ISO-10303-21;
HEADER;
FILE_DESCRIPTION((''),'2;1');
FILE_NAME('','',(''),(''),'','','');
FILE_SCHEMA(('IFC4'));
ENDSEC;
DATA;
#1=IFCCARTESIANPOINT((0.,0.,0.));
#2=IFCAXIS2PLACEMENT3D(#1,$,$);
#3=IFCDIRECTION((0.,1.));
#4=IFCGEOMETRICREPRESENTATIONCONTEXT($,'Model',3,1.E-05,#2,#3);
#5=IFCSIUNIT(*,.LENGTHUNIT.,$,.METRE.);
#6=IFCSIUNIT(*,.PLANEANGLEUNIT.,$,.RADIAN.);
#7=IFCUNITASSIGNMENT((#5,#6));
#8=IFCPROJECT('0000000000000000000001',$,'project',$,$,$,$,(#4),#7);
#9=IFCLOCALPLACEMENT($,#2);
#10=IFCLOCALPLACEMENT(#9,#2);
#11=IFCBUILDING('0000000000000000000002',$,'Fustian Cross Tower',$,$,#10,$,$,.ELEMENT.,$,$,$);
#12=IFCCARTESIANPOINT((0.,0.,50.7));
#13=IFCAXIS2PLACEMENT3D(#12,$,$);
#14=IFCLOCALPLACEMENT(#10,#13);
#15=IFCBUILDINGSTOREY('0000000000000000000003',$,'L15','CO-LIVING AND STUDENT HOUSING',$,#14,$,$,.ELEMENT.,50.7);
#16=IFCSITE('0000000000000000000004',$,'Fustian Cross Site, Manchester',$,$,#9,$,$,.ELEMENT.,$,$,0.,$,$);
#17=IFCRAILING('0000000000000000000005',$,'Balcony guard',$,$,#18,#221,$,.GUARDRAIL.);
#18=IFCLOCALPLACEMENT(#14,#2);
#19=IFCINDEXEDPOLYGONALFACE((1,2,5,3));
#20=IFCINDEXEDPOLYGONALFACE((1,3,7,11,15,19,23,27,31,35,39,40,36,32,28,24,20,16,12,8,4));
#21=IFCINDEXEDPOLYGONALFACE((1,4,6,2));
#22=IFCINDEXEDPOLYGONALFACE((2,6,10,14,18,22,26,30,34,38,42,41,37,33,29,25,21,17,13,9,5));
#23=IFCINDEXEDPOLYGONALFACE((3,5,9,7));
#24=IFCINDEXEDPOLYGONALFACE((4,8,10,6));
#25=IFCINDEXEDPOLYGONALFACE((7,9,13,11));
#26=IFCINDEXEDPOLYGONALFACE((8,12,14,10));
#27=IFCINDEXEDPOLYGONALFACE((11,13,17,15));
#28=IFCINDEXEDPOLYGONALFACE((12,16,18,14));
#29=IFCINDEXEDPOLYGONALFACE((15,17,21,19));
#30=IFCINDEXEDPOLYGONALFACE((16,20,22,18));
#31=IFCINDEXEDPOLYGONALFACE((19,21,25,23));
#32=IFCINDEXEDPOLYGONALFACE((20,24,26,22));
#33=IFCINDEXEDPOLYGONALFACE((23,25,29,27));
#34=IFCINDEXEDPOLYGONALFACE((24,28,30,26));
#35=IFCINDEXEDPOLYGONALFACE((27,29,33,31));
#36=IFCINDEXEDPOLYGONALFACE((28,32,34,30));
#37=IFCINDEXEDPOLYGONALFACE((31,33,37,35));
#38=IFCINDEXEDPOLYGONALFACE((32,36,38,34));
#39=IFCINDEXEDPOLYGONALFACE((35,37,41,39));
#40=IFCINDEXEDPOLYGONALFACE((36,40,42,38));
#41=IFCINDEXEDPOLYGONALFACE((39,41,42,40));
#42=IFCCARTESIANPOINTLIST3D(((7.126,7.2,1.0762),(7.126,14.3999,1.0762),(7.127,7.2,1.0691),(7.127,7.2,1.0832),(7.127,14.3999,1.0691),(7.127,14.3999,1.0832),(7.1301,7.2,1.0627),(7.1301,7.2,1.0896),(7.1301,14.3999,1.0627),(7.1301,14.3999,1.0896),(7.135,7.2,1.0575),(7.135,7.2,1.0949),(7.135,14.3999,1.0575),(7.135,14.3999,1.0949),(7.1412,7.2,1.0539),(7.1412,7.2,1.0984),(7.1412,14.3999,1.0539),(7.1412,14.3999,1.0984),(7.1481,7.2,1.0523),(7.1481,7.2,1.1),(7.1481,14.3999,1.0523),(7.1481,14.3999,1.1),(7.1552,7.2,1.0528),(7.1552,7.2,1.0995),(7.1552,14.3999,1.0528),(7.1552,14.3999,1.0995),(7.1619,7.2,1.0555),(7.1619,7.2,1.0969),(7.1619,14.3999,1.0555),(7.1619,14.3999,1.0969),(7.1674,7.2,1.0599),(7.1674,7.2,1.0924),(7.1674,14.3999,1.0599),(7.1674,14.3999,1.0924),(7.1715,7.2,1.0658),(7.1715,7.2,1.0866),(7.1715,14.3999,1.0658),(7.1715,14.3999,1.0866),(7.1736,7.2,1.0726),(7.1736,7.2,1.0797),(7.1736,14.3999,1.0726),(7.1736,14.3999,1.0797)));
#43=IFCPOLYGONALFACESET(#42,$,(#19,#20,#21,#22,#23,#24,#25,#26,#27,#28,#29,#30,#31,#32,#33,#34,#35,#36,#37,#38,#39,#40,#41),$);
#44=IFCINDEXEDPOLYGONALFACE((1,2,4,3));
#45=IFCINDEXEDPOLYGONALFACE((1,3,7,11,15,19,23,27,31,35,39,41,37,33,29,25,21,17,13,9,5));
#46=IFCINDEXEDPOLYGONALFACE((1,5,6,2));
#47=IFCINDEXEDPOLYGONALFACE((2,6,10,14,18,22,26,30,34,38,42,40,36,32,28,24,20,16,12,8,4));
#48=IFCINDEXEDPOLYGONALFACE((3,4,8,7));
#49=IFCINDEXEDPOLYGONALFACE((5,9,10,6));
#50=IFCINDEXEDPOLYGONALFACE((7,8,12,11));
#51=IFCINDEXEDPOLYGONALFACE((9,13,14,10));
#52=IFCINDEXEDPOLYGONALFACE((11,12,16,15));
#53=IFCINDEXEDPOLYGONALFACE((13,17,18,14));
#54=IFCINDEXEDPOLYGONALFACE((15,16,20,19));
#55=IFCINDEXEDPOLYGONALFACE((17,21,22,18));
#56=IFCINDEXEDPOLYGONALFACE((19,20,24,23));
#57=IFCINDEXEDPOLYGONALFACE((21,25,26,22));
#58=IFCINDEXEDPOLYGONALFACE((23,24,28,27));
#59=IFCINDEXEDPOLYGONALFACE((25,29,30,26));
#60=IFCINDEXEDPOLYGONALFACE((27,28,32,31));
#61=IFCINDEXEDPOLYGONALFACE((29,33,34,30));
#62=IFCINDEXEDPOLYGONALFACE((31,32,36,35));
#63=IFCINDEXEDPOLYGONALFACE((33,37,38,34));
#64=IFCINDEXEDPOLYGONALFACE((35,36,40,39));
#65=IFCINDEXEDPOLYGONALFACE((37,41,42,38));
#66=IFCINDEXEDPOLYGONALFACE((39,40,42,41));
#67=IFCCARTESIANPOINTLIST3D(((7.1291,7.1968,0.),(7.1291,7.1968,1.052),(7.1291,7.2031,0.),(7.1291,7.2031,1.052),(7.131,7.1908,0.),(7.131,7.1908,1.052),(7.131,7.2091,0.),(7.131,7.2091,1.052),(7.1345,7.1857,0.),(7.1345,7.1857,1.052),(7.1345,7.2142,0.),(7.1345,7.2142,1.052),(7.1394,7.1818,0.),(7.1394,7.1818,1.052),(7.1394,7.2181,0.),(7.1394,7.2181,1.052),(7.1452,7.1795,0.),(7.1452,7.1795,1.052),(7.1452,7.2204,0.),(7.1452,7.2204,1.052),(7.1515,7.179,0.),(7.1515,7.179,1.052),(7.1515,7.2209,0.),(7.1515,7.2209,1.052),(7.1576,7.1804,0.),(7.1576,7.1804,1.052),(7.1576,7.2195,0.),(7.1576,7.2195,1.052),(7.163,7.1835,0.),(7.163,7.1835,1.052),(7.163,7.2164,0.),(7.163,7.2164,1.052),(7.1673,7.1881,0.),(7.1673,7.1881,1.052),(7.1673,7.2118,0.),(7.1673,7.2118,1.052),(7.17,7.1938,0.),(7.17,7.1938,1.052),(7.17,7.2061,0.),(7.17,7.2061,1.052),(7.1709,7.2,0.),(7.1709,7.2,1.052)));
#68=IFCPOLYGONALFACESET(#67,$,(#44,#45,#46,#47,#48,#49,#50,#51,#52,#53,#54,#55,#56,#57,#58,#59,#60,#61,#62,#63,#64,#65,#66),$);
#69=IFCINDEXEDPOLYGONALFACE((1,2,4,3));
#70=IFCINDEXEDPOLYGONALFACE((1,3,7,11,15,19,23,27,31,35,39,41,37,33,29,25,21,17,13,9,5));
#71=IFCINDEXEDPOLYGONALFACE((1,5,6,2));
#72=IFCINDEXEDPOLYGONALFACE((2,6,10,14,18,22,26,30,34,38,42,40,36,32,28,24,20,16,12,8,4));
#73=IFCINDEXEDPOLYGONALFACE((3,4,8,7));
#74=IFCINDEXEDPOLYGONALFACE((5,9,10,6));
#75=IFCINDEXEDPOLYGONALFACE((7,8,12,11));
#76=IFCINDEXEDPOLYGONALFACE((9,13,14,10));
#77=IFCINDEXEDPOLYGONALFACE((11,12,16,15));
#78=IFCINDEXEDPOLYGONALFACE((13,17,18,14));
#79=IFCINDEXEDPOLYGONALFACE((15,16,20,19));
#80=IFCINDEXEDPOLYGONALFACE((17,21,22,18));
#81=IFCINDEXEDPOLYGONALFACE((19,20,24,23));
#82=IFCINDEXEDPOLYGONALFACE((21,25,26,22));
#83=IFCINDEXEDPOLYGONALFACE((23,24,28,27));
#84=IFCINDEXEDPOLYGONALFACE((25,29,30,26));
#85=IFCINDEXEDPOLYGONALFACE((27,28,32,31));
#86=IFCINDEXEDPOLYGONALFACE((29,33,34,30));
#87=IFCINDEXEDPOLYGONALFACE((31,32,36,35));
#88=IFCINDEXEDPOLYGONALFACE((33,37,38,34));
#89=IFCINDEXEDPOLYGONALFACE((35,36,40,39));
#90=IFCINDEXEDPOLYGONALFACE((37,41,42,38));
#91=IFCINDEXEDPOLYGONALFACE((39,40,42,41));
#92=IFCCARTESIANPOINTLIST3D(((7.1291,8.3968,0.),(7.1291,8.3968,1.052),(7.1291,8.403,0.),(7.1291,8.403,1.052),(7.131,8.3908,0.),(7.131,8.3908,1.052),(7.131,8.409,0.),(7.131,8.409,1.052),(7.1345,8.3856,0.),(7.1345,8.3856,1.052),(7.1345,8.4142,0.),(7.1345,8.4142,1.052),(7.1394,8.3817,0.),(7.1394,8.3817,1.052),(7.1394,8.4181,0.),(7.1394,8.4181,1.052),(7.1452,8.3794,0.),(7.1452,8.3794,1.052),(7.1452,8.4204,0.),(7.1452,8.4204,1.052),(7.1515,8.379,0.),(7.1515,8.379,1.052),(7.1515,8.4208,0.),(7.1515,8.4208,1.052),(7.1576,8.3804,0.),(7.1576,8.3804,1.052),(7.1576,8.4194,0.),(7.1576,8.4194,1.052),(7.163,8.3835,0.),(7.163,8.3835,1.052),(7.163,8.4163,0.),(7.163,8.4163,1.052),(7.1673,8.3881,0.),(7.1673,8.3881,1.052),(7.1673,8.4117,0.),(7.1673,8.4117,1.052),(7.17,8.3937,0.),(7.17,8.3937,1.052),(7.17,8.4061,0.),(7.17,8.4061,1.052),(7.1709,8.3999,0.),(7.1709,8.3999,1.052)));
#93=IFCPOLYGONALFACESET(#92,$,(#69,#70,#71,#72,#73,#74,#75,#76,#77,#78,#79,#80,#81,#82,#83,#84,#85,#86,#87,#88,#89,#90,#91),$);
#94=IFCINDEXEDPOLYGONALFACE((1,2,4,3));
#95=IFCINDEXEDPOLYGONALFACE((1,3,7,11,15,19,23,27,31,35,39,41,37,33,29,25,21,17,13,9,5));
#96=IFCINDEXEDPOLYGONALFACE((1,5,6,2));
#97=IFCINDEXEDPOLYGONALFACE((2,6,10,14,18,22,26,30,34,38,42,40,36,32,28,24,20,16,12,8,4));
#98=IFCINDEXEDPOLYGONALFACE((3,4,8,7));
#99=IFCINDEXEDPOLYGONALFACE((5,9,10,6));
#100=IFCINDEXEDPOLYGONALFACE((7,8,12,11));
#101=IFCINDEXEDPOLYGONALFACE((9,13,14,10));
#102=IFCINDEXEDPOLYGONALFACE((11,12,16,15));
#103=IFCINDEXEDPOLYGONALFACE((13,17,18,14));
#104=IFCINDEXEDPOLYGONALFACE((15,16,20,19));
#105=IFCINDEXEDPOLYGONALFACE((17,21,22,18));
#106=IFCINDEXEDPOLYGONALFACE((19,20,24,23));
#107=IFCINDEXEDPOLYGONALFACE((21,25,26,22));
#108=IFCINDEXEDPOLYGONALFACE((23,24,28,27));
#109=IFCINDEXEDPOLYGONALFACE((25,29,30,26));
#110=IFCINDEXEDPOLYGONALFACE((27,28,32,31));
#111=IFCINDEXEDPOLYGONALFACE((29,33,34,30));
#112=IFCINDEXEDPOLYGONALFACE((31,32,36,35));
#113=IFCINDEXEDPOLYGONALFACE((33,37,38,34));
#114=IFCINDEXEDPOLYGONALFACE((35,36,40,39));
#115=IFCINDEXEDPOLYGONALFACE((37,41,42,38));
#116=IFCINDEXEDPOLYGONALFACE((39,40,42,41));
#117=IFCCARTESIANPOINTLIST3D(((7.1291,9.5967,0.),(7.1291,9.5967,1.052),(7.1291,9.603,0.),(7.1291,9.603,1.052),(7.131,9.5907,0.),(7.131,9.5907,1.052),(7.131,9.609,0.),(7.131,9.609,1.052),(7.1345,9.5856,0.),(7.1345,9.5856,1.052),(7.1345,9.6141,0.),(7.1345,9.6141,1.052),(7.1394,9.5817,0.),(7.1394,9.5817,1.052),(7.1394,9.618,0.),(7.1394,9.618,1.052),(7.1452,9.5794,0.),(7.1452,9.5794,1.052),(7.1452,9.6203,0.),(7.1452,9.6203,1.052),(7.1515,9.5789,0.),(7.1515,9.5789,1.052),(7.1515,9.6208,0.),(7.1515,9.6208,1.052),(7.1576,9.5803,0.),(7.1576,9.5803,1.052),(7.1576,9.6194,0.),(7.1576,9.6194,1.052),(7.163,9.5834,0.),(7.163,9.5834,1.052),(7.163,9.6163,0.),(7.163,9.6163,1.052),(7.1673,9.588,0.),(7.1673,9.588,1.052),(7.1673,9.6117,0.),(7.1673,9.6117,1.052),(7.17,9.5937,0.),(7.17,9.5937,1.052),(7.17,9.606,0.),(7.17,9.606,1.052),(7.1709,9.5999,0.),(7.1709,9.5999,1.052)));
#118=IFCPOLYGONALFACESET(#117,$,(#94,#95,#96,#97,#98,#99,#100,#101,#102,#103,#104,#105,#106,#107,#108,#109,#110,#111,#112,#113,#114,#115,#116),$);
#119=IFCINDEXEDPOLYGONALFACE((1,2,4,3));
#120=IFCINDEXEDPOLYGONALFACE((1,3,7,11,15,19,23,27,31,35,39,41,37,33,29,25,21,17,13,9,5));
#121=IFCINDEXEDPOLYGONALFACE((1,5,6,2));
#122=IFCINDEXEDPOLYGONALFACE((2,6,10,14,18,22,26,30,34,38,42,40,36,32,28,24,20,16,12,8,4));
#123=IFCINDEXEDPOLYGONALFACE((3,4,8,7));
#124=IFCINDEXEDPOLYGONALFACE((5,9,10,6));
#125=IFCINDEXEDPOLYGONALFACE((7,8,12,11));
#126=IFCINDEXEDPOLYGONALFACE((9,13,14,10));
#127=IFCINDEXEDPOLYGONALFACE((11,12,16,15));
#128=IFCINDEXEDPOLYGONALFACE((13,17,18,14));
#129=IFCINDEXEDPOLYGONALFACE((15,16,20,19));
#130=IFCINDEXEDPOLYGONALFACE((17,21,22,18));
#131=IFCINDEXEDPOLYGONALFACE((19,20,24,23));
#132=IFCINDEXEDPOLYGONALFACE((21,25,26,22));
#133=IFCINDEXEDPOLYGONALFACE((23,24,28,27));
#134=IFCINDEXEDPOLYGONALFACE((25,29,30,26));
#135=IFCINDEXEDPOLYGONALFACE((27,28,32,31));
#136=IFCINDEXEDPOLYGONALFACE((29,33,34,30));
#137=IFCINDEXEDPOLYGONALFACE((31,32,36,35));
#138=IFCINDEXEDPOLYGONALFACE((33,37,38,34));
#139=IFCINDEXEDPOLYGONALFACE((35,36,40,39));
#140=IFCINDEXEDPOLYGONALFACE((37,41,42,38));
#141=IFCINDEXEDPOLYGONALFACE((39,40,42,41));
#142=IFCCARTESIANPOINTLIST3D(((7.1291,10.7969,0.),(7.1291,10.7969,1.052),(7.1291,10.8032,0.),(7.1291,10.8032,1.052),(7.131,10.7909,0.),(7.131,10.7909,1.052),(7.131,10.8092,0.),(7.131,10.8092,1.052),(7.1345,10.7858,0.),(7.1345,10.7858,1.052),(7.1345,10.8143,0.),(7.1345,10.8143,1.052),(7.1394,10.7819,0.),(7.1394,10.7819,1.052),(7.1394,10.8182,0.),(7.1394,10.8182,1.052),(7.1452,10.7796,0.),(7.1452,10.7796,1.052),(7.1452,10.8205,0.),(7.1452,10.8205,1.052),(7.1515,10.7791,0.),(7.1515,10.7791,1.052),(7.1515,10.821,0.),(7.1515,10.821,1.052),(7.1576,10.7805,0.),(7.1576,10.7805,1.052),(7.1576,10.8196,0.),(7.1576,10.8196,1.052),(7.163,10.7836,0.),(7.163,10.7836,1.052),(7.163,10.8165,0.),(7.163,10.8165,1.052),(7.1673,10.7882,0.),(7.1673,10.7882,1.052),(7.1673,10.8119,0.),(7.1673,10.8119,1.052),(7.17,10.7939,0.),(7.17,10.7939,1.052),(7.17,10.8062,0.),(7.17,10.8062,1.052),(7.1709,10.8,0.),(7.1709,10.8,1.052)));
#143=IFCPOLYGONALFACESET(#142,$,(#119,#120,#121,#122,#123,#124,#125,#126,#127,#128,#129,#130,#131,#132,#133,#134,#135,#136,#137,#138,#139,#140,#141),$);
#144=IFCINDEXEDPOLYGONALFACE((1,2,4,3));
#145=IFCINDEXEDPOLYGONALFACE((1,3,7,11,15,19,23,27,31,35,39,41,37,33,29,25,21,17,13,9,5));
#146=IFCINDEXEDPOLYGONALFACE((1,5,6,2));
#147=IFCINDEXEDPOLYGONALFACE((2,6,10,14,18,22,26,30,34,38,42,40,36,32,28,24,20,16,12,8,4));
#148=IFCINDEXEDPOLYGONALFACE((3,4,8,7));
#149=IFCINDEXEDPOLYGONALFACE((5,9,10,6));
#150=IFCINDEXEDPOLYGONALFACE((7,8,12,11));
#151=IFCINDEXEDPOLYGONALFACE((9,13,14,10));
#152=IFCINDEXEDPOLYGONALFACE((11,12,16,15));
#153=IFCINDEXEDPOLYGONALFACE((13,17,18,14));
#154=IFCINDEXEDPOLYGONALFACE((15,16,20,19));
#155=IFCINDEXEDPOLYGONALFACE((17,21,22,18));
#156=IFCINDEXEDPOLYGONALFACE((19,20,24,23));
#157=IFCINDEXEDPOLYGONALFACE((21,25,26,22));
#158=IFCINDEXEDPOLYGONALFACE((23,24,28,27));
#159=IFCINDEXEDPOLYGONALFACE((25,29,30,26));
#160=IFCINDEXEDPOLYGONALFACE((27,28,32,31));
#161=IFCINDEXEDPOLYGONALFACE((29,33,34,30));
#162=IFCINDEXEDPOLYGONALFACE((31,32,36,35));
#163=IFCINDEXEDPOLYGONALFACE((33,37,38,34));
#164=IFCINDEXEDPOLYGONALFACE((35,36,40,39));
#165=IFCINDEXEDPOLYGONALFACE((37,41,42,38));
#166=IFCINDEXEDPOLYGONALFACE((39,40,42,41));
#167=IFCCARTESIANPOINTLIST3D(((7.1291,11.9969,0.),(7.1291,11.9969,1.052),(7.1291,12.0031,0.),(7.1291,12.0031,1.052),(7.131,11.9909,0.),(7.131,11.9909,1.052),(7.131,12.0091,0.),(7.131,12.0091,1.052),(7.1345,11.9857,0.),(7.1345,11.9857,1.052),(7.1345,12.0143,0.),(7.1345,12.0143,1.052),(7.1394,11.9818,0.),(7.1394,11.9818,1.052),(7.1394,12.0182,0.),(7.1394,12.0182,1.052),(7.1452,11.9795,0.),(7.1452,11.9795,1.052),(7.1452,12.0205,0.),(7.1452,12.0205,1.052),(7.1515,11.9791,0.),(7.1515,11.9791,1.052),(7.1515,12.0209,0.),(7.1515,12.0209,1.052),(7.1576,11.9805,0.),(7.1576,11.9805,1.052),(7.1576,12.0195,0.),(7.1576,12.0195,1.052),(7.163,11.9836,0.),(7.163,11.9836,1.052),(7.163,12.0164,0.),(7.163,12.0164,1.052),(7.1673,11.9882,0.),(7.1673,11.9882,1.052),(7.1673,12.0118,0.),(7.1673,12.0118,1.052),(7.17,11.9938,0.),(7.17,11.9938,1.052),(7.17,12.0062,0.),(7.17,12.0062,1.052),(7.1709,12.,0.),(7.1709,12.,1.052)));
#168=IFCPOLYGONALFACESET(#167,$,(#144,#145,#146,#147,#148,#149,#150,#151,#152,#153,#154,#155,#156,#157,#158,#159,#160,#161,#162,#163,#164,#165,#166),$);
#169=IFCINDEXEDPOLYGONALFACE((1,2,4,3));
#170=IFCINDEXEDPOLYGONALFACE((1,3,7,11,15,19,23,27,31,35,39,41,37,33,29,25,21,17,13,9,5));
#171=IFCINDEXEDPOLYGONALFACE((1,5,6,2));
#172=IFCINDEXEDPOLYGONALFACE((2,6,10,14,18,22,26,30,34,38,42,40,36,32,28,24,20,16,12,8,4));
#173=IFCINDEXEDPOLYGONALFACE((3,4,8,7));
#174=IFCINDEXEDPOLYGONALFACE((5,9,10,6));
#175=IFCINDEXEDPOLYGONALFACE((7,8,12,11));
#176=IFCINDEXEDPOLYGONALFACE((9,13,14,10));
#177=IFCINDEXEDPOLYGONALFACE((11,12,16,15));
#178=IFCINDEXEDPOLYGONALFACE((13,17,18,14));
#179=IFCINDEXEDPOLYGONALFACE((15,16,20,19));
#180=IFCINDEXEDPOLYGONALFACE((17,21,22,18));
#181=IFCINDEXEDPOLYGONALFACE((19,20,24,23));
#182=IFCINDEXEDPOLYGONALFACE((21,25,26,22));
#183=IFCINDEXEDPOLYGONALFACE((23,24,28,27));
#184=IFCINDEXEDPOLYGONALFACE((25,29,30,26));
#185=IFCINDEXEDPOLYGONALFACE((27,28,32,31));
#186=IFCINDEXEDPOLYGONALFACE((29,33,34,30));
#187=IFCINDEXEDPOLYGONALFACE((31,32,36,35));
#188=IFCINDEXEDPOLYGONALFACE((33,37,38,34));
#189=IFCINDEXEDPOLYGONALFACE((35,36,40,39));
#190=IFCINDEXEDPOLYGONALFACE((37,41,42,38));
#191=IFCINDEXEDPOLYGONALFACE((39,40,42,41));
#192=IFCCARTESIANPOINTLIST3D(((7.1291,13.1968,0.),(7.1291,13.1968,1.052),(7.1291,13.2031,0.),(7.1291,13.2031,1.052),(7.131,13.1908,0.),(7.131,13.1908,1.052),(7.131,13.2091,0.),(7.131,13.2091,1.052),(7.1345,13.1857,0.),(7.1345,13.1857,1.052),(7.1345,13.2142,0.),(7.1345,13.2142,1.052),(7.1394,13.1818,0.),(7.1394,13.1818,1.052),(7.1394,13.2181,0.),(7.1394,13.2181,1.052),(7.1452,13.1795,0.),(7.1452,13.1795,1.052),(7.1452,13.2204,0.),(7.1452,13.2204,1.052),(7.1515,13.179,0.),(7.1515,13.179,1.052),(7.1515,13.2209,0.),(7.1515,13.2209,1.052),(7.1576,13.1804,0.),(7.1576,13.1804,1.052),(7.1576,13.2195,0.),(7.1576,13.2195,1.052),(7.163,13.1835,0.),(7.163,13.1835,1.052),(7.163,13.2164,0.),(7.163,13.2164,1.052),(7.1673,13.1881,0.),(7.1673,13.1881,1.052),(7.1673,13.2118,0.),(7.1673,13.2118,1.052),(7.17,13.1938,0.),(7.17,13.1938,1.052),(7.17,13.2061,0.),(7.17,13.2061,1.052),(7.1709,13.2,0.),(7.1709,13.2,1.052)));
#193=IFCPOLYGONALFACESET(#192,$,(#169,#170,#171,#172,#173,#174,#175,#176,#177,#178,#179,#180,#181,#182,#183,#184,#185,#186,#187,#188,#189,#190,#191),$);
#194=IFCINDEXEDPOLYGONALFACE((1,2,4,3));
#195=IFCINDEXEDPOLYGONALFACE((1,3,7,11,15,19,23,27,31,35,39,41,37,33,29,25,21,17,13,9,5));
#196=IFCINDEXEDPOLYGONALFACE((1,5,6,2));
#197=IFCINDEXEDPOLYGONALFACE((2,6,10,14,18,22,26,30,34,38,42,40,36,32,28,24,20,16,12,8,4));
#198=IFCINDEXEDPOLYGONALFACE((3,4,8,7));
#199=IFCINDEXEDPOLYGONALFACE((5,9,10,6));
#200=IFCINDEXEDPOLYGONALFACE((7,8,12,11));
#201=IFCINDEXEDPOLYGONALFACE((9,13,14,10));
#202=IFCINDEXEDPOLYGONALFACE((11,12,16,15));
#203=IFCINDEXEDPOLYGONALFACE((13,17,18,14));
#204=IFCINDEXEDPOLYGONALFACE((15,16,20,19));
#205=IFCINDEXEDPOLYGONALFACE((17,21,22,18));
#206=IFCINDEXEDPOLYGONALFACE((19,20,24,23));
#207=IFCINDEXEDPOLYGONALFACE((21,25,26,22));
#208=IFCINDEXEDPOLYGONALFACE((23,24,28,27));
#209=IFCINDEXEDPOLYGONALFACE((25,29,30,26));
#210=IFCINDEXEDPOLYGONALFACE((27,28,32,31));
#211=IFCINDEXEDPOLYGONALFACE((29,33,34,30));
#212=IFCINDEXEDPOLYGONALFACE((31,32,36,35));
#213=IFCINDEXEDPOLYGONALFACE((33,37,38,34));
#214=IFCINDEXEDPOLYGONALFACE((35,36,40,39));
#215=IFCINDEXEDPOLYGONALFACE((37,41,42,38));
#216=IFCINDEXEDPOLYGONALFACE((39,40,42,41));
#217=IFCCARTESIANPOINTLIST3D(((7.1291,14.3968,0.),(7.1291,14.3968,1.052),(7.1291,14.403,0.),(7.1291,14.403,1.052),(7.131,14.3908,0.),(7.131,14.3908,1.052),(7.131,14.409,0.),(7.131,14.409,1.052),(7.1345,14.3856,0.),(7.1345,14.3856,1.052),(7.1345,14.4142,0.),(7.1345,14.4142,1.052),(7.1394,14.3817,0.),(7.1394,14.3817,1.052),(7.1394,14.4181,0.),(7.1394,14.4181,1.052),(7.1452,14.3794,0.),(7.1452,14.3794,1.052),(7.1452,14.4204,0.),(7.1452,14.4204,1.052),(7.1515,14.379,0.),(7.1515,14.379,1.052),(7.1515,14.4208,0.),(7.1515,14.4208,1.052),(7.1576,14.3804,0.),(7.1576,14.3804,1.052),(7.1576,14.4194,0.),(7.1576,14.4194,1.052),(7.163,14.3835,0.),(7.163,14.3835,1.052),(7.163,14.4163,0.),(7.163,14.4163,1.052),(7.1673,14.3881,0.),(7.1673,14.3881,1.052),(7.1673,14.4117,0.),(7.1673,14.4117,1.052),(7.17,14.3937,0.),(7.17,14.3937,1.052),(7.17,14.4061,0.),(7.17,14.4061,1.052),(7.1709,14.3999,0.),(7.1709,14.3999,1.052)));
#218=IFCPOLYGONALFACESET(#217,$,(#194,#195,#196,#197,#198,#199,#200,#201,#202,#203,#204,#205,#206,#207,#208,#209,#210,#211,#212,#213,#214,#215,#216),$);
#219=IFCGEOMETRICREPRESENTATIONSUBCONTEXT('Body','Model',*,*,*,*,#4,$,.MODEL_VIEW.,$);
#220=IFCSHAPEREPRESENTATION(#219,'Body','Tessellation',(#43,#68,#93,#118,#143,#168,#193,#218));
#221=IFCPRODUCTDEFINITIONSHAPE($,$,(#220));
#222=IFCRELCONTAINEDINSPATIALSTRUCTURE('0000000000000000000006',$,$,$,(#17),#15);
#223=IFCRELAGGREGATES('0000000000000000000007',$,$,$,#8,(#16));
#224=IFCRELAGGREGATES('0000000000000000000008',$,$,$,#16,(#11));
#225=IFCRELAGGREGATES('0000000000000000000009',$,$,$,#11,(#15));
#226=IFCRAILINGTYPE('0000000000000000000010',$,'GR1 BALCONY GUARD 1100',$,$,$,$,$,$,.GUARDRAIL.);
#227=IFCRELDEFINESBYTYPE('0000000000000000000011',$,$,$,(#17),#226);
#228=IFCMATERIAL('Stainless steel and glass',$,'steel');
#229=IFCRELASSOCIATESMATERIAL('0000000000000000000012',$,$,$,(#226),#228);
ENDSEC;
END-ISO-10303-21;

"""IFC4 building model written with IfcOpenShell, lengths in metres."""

from ifc_helpers import new_model, si_unit, direction, frame, origin, origin_2d, place, context, subcontext, project, spatial, circle, extrude, material, type_object, element, save


model = new_model("IFC4")

# Units and contexts
model_context = context("Model", 3, precision=1e-05, world=origin(), true_north=direction((0.0, 1.0)))
body_context = subcontext(model_context, "Body", "Model", "MODEL_VIEW")
ifc_project = project(units=[si_unit("LENGTHUNIT", "METRE"), si_unit("PLANEANGLEUNIT", "RADIAN")], contexts=[model_context])

# Site, building, storey
site_placement = place(None, origin())
site = spatial("IfcSite", under=ifc_project, at=site_placement, Name="Fustian Cross Site, Manchester", CompositionType="ELEMENT", RefElevation=0.0)
building_placement = place(site_placement, origin())
building = spatial("IfcBuilding", under=site, at=building_placement, Name="Fustian Cross Tower", CompositionType="ELEMENT")
storey_placement = place(building_placement, frame((0.0, 0.0, 50.7)))
storey = spatial("IfcBuildingStorey", under=building, at=storey_placement, Name="L15", Description="CO-LIVING AND STUDENT HOUSING", CompositionType="ELEMENT", Elevation=50.7)

# Railing
ifc_material_1 = material(Name="Stainless steel and glass", Category="steel")
railing_type = type_object("IfcRailingType", Name="GR1 BALCONY GUARD 1100", PredefinedType="GUARDRAIL", material=ifc_material_1)
railing_placement = place(storey_placement, frame((7.1499, 7.2, 0.0)))
element("IfcRailing", 1, at=railing_placement, inside=storey, type_object=railing_type, Name="Balcony guard", PredefinedType="GUARDRAIL", context=body_context, shape_type="SweptSolid", body=[
    extrude(circle(Radius=0.0239, at=origin_2d()), frame((0.0, 0.0, 1.0762), z_axis=(0.0, 1.0, 0.0), x_axis=(-1.0, 0.0, 0.0)), (0.0, 0.0, 1.0), 7.2),
    extrude(circle(Radius=0.021, at=origin_2d()), origin(), (0.0, 0.0, 1.0), 1.052),
    extrude(circle(Radius=0.021, at=origin_2d()), frame((0.0, 1.2, 0.0)), (0.0, 0.0, 1.0), 1.052),
    extrude(circle(Radius=0.021, at=origin_2d()), frame((0.0, 2.3999, 0.0)), (0.0, 0.0, 1.0), 1.052),
    extrude(circle(Radius=0.021, at=origin_2d()), frame((0.0, 3.6001, 0.0)), (0.0, 0.0, 1.0), 1.052),
    extrude(circle(Radius=0.021, at=origin_2d()), frame((0.0, 4.8, 0.0)), (0.0, 0.0, 1.0), 1.052),
    extrude(circle(Radius=0.021, at=origin_2d()), frame((0.0, 6.0, 0.0)), (0.0, 0.0, 1.0), 1.052),
    extrude(circle(Radius=0.021, at=origin_2d()), frame((0.0, 7.2, 0.0)), (0.0, 0.0, 1.0), 1.052),
])

save(model, "model.ifc")
